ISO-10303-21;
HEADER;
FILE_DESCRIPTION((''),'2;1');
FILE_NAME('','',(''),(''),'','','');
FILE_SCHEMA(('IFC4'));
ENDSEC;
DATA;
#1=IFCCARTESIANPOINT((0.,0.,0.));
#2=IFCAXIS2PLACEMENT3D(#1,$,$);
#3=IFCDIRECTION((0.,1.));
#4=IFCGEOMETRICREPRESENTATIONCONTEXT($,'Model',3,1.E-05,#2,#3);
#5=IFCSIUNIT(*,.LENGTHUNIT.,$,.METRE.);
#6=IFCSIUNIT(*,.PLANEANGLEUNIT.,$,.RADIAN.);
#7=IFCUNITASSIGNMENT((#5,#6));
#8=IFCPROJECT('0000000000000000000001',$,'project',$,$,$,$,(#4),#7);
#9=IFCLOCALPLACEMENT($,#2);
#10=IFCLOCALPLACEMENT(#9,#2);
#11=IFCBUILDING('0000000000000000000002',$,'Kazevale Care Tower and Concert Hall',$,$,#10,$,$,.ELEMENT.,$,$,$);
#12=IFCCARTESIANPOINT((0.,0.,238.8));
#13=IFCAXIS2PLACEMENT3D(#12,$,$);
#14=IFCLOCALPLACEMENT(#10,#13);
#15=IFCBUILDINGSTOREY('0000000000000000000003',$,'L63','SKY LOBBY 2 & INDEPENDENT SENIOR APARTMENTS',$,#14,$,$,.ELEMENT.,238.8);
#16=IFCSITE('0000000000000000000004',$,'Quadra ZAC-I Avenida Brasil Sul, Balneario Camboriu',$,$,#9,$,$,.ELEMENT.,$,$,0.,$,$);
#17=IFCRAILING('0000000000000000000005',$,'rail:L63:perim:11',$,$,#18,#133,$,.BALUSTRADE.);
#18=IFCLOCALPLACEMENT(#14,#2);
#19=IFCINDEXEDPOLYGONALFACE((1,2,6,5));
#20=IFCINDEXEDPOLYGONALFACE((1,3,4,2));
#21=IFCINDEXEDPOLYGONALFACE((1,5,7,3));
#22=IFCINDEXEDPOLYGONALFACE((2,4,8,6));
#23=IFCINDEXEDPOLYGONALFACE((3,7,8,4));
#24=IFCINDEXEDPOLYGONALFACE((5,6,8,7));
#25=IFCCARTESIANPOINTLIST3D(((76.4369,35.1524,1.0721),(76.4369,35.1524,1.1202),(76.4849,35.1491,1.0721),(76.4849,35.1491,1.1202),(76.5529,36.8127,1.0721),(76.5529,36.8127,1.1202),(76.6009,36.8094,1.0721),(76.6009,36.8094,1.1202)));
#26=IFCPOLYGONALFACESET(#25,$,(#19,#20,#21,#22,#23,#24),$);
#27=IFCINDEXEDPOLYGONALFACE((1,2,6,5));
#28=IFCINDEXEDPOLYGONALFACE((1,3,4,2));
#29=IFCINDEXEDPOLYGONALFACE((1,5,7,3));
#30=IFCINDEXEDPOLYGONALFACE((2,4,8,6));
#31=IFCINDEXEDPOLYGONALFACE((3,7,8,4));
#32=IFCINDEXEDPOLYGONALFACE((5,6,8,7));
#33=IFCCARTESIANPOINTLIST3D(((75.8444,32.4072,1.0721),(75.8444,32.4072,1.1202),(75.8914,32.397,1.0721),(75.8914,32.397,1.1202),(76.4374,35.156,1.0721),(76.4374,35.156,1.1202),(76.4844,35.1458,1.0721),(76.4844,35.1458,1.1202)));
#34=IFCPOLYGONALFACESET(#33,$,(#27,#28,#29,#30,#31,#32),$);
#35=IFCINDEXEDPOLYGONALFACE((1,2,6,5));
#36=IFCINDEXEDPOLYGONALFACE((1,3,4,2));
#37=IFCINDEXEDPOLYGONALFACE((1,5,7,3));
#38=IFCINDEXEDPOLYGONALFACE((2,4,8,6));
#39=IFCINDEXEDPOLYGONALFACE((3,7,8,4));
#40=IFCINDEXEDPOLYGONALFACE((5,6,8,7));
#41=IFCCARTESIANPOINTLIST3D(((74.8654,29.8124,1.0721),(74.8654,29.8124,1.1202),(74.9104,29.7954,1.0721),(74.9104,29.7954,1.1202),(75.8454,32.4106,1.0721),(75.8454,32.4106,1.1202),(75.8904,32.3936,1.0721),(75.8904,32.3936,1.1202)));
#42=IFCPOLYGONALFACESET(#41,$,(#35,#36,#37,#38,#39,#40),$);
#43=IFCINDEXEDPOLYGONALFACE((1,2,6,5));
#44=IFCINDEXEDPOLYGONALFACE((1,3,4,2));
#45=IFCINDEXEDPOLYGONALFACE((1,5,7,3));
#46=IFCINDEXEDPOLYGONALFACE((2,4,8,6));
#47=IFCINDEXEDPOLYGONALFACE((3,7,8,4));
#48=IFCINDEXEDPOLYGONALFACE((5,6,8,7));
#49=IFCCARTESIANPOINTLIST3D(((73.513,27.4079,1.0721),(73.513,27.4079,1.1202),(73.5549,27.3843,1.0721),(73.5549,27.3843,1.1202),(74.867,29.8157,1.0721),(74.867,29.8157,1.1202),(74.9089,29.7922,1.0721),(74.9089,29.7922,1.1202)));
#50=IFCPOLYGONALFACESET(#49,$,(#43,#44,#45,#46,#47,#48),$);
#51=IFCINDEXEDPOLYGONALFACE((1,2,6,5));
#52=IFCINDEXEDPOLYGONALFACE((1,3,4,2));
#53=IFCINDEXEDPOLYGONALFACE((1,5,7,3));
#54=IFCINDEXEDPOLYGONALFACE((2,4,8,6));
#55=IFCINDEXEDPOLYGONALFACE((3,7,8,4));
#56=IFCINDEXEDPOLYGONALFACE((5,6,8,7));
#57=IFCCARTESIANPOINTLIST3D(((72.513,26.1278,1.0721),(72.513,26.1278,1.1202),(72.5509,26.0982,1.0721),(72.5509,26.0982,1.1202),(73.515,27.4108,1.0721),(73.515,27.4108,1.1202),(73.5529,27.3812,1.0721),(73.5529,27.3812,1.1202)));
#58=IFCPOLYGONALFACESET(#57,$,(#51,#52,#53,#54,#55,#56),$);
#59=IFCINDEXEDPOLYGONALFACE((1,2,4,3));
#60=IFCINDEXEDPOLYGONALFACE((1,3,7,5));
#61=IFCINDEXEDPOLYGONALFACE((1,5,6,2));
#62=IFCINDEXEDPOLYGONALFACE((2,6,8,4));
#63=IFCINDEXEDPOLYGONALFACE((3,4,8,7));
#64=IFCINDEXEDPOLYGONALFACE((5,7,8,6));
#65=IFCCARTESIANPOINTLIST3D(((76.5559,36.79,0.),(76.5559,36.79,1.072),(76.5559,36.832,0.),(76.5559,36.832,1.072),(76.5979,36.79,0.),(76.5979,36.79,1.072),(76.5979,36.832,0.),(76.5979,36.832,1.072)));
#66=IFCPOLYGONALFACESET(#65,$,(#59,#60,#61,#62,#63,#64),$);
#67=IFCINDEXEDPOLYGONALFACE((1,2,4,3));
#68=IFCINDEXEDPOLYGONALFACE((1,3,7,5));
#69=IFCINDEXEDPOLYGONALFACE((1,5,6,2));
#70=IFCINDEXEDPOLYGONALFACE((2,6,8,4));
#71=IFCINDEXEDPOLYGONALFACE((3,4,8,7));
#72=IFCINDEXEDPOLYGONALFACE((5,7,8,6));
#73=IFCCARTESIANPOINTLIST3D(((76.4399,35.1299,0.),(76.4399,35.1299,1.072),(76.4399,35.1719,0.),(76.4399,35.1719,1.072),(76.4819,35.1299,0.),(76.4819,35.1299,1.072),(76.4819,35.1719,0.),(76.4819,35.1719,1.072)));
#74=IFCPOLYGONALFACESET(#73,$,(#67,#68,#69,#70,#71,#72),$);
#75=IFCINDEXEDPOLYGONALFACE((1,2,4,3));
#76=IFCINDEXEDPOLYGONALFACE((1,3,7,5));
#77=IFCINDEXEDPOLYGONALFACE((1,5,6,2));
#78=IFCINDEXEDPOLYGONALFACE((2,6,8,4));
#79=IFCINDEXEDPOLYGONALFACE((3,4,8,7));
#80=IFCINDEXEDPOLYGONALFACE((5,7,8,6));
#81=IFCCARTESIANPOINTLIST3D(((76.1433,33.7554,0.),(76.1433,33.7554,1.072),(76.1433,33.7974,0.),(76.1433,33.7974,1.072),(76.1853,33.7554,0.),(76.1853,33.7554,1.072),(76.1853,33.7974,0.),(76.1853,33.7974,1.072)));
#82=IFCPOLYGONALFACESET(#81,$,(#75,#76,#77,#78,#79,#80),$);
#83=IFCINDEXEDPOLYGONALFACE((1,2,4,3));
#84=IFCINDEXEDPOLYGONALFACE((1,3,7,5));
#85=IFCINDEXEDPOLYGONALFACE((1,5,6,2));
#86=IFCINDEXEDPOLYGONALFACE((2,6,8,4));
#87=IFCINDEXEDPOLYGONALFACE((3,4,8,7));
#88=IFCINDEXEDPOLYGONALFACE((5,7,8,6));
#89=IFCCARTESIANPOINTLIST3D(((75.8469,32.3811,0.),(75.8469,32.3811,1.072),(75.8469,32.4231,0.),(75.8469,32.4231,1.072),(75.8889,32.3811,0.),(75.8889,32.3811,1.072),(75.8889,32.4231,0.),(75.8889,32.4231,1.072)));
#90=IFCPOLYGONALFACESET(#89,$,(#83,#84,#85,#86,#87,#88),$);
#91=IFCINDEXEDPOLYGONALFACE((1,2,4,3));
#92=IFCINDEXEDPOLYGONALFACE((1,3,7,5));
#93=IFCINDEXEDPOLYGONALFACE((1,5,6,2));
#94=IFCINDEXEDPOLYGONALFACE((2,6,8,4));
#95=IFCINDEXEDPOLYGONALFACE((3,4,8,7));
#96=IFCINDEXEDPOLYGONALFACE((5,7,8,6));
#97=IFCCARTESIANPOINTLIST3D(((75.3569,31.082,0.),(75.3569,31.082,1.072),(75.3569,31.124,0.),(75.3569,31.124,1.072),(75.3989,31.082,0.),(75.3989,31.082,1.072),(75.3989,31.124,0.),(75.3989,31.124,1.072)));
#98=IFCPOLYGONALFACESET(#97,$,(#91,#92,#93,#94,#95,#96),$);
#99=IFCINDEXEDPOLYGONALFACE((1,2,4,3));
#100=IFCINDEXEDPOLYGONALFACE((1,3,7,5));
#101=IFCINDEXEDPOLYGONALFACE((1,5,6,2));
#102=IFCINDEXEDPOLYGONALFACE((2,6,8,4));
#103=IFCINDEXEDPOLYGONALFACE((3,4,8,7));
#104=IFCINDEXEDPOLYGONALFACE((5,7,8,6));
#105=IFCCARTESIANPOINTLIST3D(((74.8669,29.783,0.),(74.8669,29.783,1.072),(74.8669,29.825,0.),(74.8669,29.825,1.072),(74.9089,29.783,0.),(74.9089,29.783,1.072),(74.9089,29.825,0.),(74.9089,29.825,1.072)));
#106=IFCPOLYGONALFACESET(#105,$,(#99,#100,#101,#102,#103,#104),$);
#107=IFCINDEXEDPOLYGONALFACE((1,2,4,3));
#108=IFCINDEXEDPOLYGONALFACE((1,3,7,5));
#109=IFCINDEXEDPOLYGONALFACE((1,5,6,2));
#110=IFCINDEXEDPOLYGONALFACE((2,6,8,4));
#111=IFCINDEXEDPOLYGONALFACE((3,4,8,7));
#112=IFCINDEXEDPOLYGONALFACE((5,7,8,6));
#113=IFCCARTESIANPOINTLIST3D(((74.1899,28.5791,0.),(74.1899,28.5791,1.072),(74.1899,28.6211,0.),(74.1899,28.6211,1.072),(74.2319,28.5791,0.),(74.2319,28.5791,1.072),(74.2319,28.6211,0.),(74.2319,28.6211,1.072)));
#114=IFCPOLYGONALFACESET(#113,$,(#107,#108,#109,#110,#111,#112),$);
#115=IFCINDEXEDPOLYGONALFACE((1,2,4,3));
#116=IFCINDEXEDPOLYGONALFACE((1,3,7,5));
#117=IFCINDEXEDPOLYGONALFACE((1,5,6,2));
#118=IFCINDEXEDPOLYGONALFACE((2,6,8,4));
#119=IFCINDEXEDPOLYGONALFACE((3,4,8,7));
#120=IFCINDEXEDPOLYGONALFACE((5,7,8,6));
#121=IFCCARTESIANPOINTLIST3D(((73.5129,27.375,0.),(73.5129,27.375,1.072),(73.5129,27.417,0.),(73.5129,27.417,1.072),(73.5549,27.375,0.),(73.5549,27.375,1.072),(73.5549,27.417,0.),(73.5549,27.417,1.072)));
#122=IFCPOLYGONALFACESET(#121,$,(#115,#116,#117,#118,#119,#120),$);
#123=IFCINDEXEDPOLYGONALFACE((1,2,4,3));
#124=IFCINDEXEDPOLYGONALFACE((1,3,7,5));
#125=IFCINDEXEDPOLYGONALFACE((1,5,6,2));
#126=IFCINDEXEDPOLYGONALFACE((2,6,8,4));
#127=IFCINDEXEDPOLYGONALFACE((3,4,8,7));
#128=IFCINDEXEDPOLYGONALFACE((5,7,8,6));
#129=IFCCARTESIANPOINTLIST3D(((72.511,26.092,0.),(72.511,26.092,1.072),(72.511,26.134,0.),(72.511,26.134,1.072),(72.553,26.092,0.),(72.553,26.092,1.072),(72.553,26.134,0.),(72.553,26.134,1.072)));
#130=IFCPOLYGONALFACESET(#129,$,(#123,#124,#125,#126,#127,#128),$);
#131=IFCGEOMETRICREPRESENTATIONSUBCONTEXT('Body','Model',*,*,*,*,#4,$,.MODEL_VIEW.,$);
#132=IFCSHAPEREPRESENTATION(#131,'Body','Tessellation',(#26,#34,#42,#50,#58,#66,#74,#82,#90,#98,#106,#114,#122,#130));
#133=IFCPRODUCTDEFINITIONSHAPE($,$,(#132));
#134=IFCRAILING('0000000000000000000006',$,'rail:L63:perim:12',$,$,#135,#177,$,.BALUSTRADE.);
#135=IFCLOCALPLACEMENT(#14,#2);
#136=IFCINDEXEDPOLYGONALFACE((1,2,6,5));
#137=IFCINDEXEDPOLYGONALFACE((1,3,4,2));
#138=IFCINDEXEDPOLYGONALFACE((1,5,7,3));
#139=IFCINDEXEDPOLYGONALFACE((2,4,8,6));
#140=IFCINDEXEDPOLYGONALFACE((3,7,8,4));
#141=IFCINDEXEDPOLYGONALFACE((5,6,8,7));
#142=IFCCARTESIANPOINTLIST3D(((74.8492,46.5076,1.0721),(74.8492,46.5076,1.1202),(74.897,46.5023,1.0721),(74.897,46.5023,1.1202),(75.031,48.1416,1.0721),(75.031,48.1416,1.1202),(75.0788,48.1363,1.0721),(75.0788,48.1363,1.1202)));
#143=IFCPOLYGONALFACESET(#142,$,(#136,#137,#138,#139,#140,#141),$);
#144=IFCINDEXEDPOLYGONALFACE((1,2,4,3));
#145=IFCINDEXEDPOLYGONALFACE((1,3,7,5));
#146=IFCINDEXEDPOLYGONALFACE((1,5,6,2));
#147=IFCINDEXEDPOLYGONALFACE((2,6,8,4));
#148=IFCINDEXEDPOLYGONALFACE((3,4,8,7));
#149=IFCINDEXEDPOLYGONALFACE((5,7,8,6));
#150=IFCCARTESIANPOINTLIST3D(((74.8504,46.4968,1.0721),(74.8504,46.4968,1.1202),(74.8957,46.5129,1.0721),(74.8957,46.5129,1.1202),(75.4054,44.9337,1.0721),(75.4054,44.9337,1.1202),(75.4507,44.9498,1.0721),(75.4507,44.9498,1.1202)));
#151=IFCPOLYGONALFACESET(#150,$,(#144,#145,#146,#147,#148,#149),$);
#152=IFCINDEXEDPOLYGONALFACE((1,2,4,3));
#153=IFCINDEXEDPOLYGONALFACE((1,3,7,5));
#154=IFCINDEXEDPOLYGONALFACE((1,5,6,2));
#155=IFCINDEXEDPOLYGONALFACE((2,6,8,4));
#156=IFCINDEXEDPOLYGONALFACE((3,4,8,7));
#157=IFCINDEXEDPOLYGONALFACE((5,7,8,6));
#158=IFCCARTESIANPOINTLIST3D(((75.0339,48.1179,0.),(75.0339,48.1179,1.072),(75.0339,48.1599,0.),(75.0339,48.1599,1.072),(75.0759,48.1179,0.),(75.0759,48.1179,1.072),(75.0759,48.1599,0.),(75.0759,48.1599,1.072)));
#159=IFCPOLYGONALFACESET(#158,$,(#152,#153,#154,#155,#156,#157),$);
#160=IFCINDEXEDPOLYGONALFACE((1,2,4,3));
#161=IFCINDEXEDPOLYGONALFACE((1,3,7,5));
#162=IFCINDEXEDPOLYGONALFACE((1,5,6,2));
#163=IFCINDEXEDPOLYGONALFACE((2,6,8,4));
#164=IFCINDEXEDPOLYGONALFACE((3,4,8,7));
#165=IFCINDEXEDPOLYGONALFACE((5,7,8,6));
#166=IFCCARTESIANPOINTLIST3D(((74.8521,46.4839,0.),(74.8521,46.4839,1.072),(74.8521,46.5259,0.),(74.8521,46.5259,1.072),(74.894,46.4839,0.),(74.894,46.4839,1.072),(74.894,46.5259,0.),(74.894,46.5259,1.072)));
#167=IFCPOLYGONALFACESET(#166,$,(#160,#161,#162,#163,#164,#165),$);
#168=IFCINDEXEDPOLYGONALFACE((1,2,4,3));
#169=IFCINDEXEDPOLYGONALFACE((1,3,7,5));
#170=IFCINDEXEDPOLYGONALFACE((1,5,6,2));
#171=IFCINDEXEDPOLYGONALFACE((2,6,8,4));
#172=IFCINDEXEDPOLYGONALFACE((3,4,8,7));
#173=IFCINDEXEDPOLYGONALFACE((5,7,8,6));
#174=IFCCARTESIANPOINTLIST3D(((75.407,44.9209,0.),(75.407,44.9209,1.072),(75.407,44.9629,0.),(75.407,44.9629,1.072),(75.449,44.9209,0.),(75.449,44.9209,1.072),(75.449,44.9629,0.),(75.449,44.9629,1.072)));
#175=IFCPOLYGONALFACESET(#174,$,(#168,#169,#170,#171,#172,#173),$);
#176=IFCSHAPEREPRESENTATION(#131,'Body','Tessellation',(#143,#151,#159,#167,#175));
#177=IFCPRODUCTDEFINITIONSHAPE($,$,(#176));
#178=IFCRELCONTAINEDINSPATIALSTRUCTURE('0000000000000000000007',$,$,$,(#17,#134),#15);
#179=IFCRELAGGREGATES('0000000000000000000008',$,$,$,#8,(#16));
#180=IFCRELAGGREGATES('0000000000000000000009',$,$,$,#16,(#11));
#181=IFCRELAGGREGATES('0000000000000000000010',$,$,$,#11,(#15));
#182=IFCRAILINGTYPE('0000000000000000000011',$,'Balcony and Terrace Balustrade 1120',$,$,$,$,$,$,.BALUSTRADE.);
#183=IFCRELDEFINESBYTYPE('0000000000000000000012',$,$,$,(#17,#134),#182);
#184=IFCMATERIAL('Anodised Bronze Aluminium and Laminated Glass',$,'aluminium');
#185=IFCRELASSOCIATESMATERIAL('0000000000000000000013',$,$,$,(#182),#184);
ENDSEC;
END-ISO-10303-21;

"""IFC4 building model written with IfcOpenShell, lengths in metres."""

from ifc_helpers import new_model, si_unit, direction, frame, origin, origin_2d, place, context, subcontext, project, spatial, rectangle, extrude, material, type_object, element, save


model = new_model("IFC4")

# Units and contexts
model_context = context("Model", 3, precision=1e-05, world=origin(), true_north=direction((0.0, 1.0)))
body_context = subcontext(model_context, "Body", "Model", "MODEL_VIEW")
ifc_project = project(units=[si_unit("LENGTHUNIT", "METRE"), si_unit("PLANEANGLEUNIT", "RADIAN")], contexts=[model_context])

# Site, building, storey
site_placement = place(None, origin())
site = spatial("IfcSite", under=ifc_project, at=site_placement, Name="Quadra ZAC-I Avenida Brasil Sul, Balneario Camboriu", CompositionType="ELEMENT", RefElevation=0.0)
building_placement = place(site_placement, origin())
building = spatial("IfcBuilding", under=site, at=building_placement, Name="Kazevale Care Tower and Concert Hall", CompositionType="ELEMENT")
storey_placement = place(building_placement, frame((0.0, 0.0, 238.8)))
storey = spatial("IfcBuildingStorey", under=building, at=storey_placement, Name="L63", Description="SKY LOBBY 2 & INDEPENDENT SENIOR APARTMENTS", CompositionType="ELEMENT", Elevation=238.8)

# Railings
ifc_material_1 = material(Name="Anodised Bronze Aluminium and Laminated Glass", Category="aluminium")
railing_type = type_object("IfcRailingType", Name="Balcony and Terrace Balustrade 1120", PredefinedType="BALUSTRADE", material=ifc_material_1)
railing_1_placement = place(storey_placement, frame((76.5769, 36.811, 0.0)))
element("IfcRailing", 1, at=railing_1_placement, inside=storey, type_object=railing_type, Name="rail:L63:perim:11", PredefinedType="BALUSTRADE", context=body_context, shape_type="SweptSolid", body=[
    extrude(rectangle(XDim=0.0481, YDim=0.0481, at=origin_2d()), frame((0.0, 0.0, 1.0962), z_axis=(-0.069683, -0.997569, 0.0), x_axis=(0.997569, -0.069683, 0.0)), (0.0, 0.0, 1.0), 1.6643),
    extrude(rectangle(XDim=0.0481, YDim=0.0481, at=origin_2d()), frame((-0.116, -1.6602, 1.0962), z_axis=(-0.210887, -0.977511, 0.0), x_axis=(0.977511, -0.210887, 0.0)), (0.0, 0.0, 1.0), 2.812),
    extrude(rectangle(XDim=0.0481, YDim=0.0481, at=origin_2d()), frame((-0.709, -4.4089, 1.0962), z_axis=(-0.352915, -0.935655, 0.0), x_axis=(0.935655, -0.352915, 0.0)), (0.0, 0.0, 1.0), 2.7769),
    extrude(rectangle(XDim=0.0481, YDim=0.0481, at=origin_2d()), frame((-1.689, -7.0071, 1.0962), z_axis=(-0.490131, -0.871649, 0.0), x_axis=(0.871649, -0.490131, 0.0)), (0.0, 0.0, 1.0), 2.7625),
    extrude(rectangle(XDim=0.0481, YDim=0.0481, at=origin_2d()), frame((-3.043, -9.415, 1.0962), z_axis=(-0.615507, -0.788131, 0.0), x_axis=(0.788131, -0.615507, 0.0)), (0.0, 0.0, 1.0), 1.6279),
    extrude(rectangle(XDim=0.042, YDim=0.042, at=origin_2d()), origin(), (0.0, 0.0, 1.0), 1.072),
    extrude(rectangle(XDim=0.042, YDim=0.042, at=origin_2d()), frame((-0.116, -1.6602, 0.0)), (0.0, 0.0, 1.0), 1.072),
    extrude(rectangle(XDim=0.042, YDim=0.042, at=origin_2d()), frame((-0.4126, -3.0347, 0.0)), (0.0, 0.0, 1.0), 1.072),
    extrude(rectangle(XDim=0.042, YDim=0.042, at=origin_2d()), frame((-0.709, -4.4089, 0.0)), (0.0, 0.0, 1.0), 1.072),
    extrude(rectangle(XDim=0.042, YDim=0.042, at=origin_2d()), frame((-1.199, -5.708, 0.0)), (0.0, 0.0, 1.0), 1.072),
    extrude(rectangle(XDim=0.042, YDim=0.042, at=origin_2d()), frame((-1.689, -7.0071, 0.0)), (0.0, 0.0, 1.0), 1.072),
    extrude(rectangle(XDim=0.042, YDim=0.042, at=origin_2d()), frame((-2.366, -8.2109, 0.0)), (0.0, 0.0, 1.0), 1.072),
    extrude(rectangle(XDim=0.042, YDim=0.042, at=origin_2d()), frame((-3.043, -9.415, 0.0)), (0.0, 0.0, 1.0), 1.072),
    extrude(rectangle(XDim=0.042, YDim=0.042, at=origin_2d()), frame((-4.0449, -10.698, 0.0)), (0.0, 0.0, 1.0), 1.072),
])
railing_2_placement = place(storey_placement, frame((75.0549, 48.1389, 0.0)))
element("IfcRailing", 2, at=railing_2_placement, inside=storey, type_object=railing_type, Name="rail:L63:perim:12", PredefinedType="BALUSTRADE", context=body_context, shape_type="SweptSolid", body=[
    extrude(rectangle(XDim=0.0481, YDim=0.0481, at=origin_2d()), frame((0.0, 0.0, 1.0962), z_axis=(-0.110627, -0.993862, 0.0), x_axis=(0.993862, -0.110627, 0.0)), (0.0, 0.0, 1.0), 1.644),
    extrude(rectangle(XDim=0.0481, YDim=0.0481, at=origin_2d()), frame((-0.1819, -1.634, 1.0962), z_axis=(0.334583, -0.942366, 0.0), x_axis=(0.942366, 0.334583, 0.0)), (0.0, 0.0, 1.0), 1.6587),
    extrude(rectangle(XDim=0.042, YDim=0.042, at=origin_2d()), origin(), (0.0, 0.0, 1.0), 1.072),
    extrude(rectangle(XDim=0.042, YDim=0.042, at=origin_2d()), frame((-0.1819, -1.634, 0.0)), (0.0, 0.0, 1.0), 1.072),
    extrude(rectangle(XDim=0.042, YDim=0.042, at=origin_2d()), frame((0.373, -3.197, 0.0)), (0.0, 0.0, 1.0), 1.072),
])

save(model, "model.ifc")
